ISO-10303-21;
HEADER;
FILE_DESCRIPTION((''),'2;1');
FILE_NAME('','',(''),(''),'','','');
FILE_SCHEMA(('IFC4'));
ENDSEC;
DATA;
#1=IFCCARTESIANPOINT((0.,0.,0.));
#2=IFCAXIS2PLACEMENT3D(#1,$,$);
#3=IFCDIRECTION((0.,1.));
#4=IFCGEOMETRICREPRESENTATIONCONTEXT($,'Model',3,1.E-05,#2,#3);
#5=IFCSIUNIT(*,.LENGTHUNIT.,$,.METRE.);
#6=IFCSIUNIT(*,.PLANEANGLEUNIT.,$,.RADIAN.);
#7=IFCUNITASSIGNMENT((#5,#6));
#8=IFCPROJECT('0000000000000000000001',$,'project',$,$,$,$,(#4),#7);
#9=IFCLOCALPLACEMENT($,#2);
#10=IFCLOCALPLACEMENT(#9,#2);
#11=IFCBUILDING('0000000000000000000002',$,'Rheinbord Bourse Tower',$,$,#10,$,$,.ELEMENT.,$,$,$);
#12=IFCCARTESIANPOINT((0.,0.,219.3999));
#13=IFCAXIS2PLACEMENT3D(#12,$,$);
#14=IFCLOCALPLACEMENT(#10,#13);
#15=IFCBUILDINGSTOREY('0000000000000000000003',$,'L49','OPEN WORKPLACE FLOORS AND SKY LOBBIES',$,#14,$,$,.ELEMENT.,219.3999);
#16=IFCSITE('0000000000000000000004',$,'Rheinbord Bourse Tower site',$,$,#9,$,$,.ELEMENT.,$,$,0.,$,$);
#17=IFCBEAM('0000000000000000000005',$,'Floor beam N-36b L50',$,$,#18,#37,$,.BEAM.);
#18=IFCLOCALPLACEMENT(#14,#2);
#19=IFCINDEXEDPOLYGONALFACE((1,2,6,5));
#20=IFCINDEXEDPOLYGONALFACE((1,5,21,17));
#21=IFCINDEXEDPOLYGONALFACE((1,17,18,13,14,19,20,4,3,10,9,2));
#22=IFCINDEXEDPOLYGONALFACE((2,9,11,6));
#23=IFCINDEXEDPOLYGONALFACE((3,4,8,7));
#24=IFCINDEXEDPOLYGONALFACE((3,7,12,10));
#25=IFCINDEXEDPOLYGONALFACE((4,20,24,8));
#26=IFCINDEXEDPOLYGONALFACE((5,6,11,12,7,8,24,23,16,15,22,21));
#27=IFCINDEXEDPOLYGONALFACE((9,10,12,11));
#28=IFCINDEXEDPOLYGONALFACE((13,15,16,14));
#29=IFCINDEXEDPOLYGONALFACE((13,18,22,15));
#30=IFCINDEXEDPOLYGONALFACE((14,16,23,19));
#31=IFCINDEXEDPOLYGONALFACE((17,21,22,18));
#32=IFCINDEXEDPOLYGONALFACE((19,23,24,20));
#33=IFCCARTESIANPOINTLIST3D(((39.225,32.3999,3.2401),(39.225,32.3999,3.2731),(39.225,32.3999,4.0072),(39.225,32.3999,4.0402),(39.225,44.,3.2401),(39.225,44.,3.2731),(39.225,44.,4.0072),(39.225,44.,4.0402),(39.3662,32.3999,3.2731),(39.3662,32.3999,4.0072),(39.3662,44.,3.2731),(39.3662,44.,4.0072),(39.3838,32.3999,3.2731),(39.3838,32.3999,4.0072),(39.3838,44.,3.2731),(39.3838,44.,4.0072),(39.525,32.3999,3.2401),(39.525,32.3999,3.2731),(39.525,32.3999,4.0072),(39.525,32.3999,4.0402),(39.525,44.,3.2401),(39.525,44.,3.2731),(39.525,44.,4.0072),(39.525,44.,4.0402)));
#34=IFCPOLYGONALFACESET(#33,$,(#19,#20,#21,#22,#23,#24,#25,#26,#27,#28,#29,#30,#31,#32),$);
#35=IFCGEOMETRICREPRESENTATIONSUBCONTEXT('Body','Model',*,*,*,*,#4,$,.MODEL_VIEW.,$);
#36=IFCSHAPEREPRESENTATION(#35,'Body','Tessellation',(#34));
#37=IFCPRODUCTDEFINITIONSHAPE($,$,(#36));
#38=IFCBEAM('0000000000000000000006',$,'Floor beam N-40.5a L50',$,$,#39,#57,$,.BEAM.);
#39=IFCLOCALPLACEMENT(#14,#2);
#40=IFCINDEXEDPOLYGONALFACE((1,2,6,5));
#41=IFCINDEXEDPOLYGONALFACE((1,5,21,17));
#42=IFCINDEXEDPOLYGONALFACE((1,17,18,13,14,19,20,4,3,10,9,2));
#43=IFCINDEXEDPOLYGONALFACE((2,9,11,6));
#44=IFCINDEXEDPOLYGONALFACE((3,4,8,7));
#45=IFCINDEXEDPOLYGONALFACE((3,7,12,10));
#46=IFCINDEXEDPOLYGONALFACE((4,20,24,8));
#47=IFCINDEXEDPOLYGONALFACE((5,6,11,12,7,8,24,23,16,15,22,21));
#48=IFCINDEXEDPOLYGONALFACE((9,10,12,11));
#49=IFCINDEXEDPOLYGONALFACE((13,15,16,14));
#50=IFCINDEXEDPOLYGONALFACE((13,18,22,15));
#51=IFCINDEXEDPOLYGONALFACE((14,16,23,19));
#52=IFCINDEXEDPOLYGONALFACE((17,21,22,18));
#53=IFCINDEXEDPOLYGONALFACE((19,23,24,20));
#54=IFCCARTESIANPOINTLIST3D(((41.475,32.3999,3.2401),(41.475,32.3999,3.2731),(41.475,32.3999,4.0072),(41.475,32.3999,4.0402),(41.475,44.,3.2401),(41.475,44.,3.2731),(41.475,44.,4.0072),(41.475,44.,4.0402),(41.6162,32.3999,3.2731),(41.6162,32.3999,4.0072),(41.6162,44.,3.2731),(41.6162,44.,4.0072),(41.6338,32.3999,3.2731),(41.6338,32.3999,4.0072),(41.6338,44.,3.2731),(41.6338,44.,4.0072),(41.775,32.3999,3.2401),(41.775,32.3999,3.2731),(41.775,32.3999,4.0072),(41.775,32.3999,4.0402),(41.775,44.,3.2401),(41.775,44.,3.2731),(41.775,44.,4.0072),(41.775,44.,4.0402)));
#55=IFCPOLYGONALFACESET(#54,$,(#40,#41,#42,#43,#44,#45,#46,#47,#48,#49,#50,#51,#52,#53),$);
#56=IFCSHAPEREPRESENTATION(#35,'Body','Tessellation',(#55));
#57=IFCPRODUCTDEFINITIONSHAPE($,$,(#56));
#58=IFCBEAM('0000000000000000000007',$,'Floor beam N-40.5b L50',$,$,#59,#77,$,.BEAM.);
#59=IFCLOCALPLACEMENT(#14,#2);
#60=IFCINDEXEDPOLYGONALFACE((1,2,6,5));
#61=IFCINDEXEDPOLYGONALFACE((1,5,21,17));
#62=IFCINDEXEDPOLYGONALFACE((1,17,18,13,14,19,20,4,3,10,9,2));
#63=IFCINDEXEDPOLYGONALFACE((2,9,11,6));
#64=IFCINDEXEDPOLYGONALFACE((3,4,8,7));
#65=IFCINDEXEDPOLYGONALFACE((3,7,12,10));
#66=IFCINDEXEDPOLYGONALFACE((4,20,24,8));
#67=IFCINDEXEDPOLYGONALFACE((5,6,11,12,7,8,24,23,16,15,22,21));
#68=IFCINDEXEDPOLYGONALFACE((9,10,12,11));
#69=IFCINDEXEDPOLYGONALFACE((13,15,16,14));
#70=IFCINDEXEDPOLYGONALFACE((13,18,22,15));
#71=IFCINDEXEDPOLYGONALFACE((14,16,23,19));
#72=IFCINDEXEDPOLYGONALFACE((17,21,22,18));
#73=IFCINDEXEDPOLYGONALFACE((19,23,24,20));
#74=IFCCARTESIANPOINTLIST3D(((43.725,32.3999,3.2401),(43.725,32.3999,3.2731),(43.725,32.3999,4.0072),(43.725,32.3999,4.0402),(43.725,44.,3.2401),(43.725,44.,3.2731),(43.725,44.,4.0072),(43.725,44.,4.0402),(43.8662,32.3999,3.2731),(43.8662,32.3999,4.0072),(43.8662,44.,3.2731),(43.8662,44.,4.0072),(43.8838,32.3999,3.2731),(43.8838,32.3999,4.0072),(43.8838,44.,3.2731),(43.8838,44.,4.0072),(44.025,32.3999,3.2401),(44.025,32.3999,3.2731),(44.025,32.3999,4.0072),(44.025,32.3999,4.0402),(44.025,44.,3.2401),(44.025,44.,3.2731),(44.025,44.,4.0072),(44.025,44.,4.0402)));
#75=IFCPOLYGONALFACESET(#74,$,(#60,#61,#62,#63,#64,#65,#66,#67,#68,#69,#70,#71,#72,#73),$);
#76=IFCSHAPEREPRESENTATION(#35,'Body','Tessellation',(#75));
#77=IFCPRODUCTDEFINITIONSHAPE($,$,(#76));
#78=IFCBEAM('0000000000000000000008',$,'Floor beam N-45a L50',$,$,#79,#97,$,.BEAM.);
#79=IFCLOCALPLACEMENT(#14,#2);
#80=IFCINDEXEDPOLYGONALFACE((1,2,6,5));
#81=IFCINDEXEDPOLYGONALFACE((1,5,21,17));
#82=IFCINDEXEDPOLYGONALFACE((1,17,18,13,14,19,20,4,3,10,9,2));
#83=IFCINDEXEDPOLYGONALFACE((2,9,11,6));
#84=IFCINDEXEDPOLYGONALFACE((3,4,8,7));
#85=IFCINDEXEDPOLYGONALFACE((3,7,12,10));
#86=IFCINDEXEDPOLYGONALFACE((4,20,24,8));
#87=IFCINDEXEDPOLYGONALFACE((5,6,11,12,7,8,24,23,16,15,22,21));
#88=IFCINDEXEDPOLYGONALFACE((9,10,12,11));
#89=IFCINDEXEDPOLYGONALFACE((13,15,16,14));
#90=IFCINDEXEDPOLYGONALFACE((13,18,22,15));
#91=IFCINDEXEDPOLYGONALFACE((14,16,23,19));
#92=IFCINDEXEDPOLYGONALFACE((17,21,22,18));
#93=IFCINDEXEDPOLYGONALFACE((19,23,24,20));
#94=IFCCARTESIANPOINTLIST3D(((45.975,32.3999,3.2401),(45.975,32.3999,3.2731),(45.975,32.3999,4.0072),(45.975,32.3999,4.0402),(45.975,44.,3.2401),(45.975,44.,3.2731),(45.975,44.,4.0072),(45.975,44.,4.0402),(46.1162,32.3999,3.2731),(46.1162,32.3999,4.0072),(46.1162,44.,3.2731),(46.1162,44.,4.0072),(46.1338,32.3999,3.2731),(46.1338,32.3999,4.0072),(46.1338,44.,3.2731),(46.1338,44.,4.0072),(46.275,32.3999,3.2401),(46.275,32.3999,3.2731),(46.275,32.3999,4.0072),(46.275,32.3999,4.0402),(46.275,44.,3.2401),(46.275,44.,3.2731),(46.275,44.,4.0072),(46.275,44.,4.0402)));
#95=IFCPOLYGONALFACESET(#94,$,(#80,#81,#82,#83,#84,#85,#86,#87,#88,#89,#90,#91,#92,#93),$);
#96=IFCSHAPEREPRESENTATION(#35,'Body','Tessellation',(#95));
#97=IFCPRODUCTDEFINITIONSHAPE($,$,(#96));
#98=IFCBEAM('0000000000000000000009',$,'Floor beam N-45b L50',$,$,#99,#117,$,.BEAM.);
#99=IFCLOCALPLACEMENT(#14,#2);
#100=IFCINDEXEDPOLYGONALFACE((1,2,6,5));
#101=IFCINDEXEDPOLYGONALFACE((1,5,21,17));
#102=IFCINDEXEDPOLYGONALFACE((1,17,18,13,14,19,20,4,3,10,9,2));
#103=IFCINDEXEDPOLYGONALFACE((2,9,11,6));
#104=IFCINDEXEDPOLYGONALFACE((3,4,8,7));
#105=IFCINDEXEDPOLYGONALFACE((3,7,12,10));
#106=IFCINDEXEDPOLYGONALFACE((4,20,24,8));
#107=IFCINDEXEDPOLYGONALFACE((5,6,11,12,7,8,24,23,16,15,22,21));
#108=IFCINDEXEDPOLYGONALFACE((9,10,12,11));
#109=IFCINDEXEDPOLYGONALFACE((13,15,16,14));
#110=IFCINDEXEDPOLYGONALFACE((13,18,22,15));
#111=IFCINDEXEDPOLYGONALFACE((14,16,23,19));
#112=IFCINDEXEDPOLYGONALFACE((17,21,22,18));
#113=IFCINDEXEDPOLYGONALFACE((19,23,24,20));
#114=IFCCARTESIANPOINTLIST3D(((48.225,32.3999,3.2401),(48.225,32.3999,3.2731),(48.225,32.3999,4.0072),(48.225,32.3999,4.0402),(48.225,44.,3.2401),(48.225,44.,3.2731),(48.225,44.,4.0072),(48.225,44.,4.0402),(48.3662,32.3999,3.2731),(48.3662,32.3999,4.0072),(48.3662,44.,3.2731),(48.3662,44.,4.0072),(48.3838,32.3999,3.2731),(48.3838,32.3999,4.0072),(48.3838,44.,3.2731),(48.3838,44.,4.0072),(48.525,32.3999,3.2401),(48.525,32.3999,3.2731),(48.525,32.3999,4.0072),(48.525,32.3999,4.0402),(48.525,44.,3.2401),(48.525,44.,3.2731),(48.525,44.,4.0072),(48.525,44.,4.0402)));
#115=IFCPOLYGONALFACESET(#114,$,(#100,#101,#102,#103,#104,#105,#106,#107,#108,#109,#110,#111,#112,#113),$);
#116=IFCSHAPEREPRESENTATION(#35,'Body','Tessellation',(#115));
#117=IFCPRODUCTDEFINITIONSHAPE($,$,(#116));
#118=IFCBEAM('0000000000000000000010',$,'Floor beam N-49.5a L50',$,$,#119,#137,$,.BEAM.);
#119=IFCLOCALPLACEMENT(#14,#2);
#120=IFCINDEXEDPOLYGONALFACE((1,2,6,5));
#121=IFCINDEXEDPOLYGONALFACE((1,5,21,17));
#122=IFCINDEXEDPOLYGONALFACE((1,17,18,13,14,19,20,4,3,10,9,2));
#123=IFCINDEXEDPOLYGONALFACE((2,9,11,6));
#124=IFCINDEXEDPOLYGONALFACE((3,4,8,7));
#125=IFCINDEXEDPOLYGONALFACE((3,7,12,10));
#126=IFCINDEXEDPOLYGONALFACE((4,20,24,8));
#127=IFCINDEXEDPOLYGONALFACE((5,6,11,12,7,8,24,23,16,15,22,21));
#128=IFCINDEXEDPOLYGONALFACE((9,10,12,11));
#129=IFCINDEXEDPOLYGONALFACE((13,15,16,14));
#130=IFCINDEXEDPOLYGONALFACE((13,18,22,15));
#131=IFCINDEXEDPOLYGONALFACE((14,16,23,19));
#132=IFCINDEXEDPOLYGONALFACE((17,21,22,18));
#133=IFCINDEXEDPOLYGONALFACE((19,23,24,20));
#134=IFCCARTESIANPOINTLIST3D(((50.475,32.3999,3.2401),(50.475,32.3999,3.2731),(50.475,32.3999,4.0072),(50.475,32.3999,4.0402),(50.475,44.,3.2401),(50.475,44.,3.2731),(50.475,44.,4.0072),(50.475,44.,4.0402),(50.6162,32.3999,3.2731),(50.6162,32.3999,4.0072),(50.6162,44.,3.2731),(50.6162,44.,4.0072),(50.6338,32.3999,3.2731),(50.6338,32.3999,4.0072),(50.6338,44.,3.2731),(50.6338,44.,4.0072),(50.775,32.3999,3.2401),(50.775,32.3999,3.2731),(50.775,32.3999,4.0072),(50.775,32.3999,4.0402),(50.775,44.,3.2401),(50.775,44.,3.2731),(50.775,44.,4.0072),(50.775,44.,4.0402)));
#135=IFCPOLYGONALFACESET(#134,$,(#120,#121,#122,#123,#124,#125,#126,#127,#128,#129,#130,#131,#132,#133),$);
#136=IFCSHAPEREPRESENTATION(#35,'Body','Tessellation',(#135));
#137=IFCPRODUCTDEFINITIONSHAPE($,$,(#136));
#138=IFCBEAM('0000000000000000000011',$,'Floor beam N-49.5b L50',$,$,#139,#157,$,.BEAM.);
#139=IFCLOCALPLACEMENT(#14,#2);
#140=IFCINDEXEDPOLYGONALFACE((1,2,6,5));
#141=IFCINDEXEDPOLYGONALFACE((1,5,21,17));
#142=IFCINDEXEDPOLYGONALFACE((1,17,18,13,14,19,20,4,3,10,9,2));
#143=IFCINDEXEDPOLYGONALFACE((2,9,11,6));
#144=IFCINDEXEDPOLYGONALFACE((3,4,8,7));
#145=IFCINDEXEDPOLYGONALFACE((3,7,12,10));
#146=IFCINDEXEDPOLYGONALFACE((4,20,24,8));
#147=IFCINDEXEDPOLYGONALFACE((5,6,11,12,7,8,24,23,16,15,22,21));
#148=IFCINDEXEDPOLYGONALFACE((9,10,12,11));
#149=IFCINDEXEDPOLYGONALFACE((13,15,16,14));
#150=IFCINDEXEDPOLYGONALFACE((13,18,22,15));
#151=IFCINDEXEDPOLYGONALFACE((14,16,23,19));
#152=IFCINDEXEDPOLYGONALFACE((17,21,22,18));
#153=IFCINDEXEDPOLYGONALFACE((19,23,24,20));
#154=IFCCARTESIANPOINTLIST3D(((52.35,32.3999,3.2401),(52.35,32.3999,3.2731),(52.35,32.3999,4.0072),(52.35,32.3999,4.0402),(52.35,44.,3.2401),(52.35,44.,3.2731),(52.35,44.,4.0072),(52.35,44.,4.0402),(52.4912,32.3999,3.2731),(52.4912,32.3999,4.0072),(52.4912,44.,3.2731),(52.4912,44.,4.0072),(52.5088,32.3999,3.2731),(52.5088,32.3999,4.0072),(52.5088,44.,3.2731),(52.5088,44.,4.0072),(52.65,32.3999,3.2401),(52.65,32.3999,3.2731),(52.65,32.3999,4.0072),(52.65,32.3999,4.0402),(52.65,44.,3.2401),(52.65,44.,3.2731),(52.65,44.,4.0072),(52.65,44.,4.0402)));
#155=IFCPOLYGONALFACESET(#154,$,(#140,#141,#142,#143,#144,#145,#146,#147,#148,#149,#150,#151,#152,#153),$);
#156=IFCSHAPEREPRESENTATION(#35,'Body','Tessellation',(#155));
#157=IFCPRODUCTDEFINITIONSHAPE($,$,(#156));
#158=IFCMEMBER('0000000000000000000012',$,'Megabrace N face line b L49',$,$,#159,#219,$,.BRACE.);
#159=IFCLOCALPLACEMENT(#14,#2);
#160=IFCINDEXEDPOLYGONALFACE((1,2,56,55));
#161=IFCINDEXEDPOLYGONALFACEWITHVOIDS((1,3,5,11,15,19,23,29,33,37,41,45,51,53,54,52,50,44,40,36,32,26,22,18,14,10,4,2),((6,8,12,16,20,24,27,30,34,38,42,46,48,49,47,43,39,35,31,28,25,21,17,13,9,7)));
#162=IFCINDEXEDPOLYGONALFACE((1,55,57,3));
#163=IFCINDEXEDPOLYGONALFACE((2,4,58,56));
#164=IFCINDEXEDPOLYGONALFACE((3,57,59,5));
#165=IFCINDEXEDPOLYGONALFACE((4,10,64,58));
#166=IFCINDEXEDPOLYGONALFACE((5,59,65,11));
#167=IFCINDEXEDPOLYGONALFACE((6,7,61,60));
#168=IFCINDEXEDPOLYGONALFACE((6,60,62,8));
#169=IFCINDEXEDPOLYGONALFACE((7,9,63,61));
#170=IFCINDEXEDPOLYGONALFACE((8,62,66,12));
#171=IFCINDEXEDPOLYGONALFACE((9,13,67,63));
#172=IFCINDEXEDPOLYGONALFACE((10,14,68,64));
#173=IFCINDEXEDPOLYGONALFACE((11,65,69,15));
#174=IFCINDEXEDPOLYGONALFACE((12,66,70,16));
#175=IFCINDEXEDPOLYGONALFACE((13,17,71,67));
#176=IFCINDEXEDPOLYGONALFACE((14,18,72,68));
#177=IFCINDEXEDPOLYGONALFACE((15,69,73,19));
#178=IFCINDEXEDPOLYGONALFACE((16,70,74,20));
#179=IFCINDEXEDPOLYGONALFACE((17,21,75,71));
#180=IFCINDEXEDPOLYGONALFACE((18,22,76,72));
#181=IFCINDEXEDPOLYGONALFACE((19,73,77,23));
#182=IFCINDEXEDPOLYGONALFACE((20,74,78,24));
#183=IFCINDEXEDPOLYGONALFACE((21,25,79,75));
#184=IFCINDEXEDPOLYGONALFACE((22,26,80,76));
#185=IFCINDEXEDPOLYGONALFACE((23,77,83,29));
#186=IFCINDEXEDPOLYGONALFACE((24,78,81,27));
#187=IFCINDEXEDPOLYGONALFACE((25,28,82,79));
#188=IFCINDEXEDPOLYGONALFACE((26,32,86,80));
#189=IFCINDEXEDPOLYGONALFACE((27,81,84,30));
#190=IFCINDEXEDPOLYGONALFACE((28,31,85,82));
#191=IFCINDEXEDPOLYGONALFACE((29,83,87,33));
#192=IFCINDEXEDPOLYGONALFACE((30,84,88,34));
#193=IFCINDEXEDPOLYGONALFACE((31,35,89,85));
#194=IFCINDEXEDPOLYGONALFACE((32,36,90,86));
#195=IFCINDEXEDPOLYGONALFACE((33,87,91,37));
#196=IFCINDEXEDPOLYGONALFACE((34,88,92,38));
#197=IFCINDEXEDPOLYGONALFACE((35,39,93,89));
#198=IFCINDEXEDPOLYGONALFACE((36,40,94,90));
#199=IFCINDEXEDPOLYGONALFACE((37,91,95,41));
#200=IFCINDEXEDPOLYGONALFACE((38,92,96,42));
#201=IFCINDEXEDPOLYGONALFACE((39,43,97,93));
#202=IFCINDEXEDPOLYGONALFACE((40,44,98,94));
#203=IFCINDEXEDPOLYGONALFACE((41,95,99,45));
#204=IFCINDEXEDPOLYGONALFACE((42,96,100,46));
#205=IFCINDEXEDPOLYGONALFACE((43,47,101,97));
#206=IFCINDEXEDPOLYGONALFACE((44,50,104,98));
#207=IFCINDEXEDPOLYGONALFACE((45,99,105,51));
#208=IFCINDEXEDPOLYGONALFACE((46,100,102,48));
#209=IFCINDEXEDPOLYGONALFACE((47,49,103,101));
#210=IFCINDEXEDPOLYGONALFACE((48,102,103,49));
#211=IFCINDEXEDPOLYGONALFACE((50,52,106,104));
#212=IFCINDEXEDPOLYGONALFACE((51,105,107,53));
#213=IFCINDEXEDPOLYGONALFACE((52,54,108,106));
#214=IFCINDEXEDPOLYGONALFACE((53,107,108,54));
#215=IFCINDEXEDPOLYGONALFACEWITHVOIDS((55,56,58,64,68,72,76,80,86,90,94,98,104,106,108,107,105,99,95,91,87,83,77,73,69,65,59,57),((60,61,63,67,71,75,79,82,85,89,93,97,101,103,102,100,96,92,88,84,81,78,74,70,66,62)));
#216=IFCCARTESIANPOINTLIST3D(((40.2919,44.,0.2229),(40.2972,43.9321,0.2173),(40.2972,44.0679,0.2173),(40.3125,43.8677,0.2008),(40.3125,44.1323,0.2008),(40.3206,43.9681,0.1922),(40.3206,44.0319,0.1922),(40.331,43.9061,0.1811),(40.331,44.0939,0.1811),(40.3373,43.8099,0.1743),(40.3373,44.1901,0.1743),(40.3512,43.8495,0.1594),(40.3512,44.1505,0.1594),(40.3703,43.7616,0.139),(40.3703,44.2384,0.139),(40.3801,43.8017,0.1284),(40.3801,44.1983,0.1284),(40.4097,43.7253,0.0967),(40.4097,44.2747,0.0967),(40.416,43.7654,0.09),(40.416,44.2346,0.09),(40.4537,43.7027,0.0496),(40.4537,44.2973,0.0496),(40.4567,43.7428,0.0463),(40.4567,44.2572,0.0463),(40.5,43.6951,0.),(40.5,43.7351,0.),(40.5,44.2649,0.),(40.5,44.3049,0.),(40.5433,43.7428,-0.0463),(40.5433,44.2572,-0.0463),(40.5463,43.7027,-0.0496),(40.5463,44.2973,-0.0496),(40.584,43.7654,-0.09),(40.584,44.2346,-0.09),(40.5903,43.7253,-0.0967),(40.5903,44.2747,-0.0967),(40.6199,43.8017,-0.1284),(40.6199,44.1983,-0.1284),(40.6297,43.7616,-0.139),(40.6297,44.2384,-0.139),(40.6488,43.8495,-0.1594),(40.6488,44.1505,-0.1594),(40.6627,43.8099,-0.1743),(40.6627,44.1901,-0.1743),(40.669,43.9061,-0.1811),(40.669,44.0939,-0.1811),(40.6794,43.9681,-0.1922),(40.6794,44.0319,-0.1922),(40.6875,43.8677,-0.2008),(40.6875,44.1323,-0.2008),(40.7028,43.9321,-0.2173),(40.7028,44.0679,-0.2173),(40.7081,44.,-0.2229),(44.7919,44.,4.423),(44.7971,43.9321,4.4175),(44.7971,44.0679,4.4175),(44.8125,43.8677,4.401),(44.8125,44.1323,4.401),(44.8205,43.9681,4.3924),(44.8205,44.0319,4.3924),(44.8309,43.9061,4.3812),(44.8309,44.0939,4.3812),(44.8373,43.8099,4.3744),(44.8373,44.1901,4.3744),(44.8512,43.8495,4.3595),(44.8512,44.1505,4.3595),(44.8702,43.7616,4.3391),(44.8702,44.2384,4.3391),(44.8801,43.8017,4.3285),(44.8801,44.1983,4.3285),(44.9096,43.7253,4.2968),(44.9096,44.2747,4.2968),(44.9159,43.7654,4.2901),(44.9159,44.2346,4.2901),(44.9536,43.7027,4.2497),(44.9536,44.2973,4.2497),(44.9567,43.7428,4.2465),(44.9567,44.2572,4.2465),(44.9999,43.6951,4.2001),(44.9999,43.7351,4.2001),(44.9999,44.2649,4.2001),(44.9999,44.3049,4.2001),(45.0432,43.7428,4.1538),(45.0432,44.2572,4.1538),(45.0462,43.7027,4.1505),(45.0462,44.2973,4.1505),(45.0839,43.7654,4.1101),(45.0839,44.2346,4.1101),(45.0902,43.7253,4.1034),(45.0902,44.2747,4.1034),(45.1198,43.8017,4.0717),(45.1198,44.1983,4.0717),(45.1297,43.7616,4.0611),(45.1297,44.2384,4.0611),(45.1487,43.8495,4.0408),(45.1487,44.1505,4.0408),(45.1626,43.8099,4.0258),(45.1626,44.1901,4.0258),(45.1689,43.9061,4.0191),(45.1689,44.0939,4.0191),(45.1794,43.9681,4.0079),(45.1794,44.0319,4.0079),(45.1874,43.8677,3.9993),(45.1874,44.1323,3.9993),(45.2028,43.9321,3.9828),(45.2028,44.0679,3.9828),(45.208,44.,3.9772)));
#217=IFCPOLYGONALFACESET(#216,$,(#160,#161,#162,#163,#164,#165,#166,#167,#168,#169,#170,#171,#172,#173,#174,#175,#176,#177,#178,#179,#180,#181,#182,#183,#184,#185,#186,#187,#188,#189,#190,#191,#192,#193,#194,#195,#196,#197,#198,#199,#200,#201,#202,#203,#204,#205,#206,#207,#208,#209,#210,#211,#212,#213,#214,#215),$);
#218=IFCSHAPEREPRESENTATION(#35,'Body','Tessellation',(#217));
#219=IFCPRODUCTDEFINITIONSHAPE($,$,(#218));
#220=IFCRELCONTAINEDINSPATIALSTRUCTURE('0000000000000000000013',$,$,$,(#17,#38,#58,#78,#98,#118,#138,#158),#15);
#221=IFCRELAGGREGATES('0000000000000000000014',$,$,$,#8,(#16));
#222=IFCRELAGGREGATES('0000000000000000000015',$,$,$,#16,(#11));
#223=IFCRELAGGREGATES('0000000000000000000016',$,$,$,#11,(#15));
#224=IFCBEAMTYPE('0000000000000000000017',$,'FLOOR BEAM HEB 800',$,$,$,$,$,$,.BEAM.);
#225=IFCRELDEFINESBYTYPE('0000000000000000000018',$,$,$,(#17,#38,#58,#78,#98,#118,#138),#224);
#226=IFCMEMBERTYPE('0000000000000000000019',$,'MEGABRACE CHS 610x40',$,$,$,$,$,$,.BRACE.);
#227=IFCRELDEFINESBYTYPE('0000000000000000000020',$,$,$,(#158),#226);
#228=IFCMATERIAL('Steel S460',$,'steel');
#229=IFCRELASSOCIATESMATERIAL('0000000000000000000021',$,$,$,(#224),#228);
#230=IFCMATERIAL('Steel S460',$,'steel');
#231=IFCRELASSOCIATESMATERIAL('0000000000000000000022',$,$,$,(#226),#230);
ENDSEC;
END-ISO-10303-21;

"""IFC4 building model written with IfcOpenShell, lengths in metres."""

from ifc_helpers import new_model, si_unit, direction, frame, origin, origin_2d, place, context, subcontext, project, spatial, hollow_circle, i_section, extrude, material, material_profile, profile_set, type_object, element, save


model = new_model("IFC4")

# Units and contexts
model_context = context("Model", 3, precision=1e-05, world=origin(), true_north=direction((0.0, 1.0)))
body_context = subcontext(model_context, "Body", "Model", "MODEL_VIEW")
ifc_project = project(units=[si_unit("LENGTHUNIT", "METRE"), si_unit("PLANEANGLEUNIT", "RADIAN")], contexts=[model_context])

# Site, building, storey
site_placement = place(None, origin())
site = spatial("IfcSite", under=ifc_project, at=site_placement, Name="Rheinbord Bourse Tower site", CompositionType="ELEMENT", RefElevation=0.0)
building_placement = place(site_placement, origin())
building = spatial("IfcBuilding", under=site, at=building_placement, Name="Rheinbord Bourse Tower", CompositionType="ELEMENT")
storey_placement = place(building_placement, frame((0.0, 0.0, 219.3999)))
storey = spatial("IfcBuildingStorey", under=building, at=storey_placement, Name="L49", Description="OPEN WORKPLACE FLOORS AND SKY LOBBIES", CompositionType="ELEMENT", Elevation=219.3999)

# Beams
ifc_material_1 = material(Name="Steel S460", Category="steel")
ifc_material_profile_1 = material_profile(ifc_material_1, i_section(OverallWidth=0.3, OverallDepth=0.8, WebThickness=0.0176, FlangeThickness=0.033, at=origin_2d()), Name="HEB 800")
ifc_profile_set_1 = profile_set([ifc_material_profile_1], Name="Steel S460")
beam_type_1 = type_object("IfcBeamType", Name="FLOOR BEAM HEB 800", PredefinedType="BEAM", material=ifc_profile_set_1)
for number, where, z_axis, x_axis, name in (
    (1, (39.375, 44.0, 3.6401), (0.0, -1.0, 0.0), (1.0, 0.0, 0.0), "Floor beam N-36b L50"),
    (2, (41.625, 44.0, 3.6401), (0.0, -1.0, 0.0), (1.0, 0.0, 0.0), "Floor beam N-40.5a L50"),
    (3, (43.875, 44.0, 3.6401), (0.0, -1.0, 0.0), (1.0, 0.0, 0.0), "Floor beam N-40.5b L50"),
    (4, (46.125, 44.0, 3.6401), (0.0, -1.0, 0.0), (1.0, 0.0, 0.0), "Floor beam N-45a L50"),
    (5, (48.375, 44.0, 3.6401), (0.0, -1.0, 0.0), (1.0, 0.0, 0.0), "Floor beam N-45b L50"),
    (6, (50.625, 44.0, 3.6401), (0.0, -1.0, 0.0), (1.0, 0.0, 0.0), "Floor beam N-49.5a L50"),
    (7, (52.5, 44.0, 3.6401), (0.0, -1.0, 0.0), (1.0, 0.0, 0.0), "Floor beam N-49.5b L50"),
):
    element("IfcBeam", number, at=place(storey_placement, frame(where, z_axis=z_axis, x_axis=x_axis)), inside=storey, type_object=beam_type_1, Name=name, PredefinedType="BEAM", context=body_context, shape_type="SweptSolid", body=[
        extrude(i_section(OverallWidth=0.3, OverallDepth=0.8, WebThickness=0.0176, FlangeThickness=0.033, at=origin_2d()), origin(), (0.0, 0.0, 1.0), 11.6001),
    ])

# Member
ifc_material_2 = material(Name="Steel S460", Category="steel")
ifc_material_profile_2 = material_profile(ifc_material_2, hollow_circle(Radius=0.3049, WallThickness=0.04, at=origin_2d()), Name="CHS 610x40")
ifc_profile_set_2 = profile_set([ifc_material_profile_2], Name="Steel S460")
member_type_1 = type_object("IfcMemberType", Name="MEGABRACE CHS 610x40", PredefinedType="BRACE", material=ifc_profile_set_2)
member_1_placement = place(storey_placement, frame((40.5, 44.0, 0.0), z_axis=(0.731039, 0.0, 0.682335), x_axis=(0.0, 1.0, 0.0)))
element("IfcMember", 8, at=member_1_placement, inside=storey, type_object=member_type_1, Name="Megabrace N face line b L49", PredefinedType="BRACE", context=body_context, shape_type="SweptSolid", body=[
    extrude(hollow_circle(Radius=0.3049, WallThickness=0.04, at=origin_2d()), origin(), (0.0, 0.0, 1.0), 6.1555),
])

save(model, "model.ifc")
